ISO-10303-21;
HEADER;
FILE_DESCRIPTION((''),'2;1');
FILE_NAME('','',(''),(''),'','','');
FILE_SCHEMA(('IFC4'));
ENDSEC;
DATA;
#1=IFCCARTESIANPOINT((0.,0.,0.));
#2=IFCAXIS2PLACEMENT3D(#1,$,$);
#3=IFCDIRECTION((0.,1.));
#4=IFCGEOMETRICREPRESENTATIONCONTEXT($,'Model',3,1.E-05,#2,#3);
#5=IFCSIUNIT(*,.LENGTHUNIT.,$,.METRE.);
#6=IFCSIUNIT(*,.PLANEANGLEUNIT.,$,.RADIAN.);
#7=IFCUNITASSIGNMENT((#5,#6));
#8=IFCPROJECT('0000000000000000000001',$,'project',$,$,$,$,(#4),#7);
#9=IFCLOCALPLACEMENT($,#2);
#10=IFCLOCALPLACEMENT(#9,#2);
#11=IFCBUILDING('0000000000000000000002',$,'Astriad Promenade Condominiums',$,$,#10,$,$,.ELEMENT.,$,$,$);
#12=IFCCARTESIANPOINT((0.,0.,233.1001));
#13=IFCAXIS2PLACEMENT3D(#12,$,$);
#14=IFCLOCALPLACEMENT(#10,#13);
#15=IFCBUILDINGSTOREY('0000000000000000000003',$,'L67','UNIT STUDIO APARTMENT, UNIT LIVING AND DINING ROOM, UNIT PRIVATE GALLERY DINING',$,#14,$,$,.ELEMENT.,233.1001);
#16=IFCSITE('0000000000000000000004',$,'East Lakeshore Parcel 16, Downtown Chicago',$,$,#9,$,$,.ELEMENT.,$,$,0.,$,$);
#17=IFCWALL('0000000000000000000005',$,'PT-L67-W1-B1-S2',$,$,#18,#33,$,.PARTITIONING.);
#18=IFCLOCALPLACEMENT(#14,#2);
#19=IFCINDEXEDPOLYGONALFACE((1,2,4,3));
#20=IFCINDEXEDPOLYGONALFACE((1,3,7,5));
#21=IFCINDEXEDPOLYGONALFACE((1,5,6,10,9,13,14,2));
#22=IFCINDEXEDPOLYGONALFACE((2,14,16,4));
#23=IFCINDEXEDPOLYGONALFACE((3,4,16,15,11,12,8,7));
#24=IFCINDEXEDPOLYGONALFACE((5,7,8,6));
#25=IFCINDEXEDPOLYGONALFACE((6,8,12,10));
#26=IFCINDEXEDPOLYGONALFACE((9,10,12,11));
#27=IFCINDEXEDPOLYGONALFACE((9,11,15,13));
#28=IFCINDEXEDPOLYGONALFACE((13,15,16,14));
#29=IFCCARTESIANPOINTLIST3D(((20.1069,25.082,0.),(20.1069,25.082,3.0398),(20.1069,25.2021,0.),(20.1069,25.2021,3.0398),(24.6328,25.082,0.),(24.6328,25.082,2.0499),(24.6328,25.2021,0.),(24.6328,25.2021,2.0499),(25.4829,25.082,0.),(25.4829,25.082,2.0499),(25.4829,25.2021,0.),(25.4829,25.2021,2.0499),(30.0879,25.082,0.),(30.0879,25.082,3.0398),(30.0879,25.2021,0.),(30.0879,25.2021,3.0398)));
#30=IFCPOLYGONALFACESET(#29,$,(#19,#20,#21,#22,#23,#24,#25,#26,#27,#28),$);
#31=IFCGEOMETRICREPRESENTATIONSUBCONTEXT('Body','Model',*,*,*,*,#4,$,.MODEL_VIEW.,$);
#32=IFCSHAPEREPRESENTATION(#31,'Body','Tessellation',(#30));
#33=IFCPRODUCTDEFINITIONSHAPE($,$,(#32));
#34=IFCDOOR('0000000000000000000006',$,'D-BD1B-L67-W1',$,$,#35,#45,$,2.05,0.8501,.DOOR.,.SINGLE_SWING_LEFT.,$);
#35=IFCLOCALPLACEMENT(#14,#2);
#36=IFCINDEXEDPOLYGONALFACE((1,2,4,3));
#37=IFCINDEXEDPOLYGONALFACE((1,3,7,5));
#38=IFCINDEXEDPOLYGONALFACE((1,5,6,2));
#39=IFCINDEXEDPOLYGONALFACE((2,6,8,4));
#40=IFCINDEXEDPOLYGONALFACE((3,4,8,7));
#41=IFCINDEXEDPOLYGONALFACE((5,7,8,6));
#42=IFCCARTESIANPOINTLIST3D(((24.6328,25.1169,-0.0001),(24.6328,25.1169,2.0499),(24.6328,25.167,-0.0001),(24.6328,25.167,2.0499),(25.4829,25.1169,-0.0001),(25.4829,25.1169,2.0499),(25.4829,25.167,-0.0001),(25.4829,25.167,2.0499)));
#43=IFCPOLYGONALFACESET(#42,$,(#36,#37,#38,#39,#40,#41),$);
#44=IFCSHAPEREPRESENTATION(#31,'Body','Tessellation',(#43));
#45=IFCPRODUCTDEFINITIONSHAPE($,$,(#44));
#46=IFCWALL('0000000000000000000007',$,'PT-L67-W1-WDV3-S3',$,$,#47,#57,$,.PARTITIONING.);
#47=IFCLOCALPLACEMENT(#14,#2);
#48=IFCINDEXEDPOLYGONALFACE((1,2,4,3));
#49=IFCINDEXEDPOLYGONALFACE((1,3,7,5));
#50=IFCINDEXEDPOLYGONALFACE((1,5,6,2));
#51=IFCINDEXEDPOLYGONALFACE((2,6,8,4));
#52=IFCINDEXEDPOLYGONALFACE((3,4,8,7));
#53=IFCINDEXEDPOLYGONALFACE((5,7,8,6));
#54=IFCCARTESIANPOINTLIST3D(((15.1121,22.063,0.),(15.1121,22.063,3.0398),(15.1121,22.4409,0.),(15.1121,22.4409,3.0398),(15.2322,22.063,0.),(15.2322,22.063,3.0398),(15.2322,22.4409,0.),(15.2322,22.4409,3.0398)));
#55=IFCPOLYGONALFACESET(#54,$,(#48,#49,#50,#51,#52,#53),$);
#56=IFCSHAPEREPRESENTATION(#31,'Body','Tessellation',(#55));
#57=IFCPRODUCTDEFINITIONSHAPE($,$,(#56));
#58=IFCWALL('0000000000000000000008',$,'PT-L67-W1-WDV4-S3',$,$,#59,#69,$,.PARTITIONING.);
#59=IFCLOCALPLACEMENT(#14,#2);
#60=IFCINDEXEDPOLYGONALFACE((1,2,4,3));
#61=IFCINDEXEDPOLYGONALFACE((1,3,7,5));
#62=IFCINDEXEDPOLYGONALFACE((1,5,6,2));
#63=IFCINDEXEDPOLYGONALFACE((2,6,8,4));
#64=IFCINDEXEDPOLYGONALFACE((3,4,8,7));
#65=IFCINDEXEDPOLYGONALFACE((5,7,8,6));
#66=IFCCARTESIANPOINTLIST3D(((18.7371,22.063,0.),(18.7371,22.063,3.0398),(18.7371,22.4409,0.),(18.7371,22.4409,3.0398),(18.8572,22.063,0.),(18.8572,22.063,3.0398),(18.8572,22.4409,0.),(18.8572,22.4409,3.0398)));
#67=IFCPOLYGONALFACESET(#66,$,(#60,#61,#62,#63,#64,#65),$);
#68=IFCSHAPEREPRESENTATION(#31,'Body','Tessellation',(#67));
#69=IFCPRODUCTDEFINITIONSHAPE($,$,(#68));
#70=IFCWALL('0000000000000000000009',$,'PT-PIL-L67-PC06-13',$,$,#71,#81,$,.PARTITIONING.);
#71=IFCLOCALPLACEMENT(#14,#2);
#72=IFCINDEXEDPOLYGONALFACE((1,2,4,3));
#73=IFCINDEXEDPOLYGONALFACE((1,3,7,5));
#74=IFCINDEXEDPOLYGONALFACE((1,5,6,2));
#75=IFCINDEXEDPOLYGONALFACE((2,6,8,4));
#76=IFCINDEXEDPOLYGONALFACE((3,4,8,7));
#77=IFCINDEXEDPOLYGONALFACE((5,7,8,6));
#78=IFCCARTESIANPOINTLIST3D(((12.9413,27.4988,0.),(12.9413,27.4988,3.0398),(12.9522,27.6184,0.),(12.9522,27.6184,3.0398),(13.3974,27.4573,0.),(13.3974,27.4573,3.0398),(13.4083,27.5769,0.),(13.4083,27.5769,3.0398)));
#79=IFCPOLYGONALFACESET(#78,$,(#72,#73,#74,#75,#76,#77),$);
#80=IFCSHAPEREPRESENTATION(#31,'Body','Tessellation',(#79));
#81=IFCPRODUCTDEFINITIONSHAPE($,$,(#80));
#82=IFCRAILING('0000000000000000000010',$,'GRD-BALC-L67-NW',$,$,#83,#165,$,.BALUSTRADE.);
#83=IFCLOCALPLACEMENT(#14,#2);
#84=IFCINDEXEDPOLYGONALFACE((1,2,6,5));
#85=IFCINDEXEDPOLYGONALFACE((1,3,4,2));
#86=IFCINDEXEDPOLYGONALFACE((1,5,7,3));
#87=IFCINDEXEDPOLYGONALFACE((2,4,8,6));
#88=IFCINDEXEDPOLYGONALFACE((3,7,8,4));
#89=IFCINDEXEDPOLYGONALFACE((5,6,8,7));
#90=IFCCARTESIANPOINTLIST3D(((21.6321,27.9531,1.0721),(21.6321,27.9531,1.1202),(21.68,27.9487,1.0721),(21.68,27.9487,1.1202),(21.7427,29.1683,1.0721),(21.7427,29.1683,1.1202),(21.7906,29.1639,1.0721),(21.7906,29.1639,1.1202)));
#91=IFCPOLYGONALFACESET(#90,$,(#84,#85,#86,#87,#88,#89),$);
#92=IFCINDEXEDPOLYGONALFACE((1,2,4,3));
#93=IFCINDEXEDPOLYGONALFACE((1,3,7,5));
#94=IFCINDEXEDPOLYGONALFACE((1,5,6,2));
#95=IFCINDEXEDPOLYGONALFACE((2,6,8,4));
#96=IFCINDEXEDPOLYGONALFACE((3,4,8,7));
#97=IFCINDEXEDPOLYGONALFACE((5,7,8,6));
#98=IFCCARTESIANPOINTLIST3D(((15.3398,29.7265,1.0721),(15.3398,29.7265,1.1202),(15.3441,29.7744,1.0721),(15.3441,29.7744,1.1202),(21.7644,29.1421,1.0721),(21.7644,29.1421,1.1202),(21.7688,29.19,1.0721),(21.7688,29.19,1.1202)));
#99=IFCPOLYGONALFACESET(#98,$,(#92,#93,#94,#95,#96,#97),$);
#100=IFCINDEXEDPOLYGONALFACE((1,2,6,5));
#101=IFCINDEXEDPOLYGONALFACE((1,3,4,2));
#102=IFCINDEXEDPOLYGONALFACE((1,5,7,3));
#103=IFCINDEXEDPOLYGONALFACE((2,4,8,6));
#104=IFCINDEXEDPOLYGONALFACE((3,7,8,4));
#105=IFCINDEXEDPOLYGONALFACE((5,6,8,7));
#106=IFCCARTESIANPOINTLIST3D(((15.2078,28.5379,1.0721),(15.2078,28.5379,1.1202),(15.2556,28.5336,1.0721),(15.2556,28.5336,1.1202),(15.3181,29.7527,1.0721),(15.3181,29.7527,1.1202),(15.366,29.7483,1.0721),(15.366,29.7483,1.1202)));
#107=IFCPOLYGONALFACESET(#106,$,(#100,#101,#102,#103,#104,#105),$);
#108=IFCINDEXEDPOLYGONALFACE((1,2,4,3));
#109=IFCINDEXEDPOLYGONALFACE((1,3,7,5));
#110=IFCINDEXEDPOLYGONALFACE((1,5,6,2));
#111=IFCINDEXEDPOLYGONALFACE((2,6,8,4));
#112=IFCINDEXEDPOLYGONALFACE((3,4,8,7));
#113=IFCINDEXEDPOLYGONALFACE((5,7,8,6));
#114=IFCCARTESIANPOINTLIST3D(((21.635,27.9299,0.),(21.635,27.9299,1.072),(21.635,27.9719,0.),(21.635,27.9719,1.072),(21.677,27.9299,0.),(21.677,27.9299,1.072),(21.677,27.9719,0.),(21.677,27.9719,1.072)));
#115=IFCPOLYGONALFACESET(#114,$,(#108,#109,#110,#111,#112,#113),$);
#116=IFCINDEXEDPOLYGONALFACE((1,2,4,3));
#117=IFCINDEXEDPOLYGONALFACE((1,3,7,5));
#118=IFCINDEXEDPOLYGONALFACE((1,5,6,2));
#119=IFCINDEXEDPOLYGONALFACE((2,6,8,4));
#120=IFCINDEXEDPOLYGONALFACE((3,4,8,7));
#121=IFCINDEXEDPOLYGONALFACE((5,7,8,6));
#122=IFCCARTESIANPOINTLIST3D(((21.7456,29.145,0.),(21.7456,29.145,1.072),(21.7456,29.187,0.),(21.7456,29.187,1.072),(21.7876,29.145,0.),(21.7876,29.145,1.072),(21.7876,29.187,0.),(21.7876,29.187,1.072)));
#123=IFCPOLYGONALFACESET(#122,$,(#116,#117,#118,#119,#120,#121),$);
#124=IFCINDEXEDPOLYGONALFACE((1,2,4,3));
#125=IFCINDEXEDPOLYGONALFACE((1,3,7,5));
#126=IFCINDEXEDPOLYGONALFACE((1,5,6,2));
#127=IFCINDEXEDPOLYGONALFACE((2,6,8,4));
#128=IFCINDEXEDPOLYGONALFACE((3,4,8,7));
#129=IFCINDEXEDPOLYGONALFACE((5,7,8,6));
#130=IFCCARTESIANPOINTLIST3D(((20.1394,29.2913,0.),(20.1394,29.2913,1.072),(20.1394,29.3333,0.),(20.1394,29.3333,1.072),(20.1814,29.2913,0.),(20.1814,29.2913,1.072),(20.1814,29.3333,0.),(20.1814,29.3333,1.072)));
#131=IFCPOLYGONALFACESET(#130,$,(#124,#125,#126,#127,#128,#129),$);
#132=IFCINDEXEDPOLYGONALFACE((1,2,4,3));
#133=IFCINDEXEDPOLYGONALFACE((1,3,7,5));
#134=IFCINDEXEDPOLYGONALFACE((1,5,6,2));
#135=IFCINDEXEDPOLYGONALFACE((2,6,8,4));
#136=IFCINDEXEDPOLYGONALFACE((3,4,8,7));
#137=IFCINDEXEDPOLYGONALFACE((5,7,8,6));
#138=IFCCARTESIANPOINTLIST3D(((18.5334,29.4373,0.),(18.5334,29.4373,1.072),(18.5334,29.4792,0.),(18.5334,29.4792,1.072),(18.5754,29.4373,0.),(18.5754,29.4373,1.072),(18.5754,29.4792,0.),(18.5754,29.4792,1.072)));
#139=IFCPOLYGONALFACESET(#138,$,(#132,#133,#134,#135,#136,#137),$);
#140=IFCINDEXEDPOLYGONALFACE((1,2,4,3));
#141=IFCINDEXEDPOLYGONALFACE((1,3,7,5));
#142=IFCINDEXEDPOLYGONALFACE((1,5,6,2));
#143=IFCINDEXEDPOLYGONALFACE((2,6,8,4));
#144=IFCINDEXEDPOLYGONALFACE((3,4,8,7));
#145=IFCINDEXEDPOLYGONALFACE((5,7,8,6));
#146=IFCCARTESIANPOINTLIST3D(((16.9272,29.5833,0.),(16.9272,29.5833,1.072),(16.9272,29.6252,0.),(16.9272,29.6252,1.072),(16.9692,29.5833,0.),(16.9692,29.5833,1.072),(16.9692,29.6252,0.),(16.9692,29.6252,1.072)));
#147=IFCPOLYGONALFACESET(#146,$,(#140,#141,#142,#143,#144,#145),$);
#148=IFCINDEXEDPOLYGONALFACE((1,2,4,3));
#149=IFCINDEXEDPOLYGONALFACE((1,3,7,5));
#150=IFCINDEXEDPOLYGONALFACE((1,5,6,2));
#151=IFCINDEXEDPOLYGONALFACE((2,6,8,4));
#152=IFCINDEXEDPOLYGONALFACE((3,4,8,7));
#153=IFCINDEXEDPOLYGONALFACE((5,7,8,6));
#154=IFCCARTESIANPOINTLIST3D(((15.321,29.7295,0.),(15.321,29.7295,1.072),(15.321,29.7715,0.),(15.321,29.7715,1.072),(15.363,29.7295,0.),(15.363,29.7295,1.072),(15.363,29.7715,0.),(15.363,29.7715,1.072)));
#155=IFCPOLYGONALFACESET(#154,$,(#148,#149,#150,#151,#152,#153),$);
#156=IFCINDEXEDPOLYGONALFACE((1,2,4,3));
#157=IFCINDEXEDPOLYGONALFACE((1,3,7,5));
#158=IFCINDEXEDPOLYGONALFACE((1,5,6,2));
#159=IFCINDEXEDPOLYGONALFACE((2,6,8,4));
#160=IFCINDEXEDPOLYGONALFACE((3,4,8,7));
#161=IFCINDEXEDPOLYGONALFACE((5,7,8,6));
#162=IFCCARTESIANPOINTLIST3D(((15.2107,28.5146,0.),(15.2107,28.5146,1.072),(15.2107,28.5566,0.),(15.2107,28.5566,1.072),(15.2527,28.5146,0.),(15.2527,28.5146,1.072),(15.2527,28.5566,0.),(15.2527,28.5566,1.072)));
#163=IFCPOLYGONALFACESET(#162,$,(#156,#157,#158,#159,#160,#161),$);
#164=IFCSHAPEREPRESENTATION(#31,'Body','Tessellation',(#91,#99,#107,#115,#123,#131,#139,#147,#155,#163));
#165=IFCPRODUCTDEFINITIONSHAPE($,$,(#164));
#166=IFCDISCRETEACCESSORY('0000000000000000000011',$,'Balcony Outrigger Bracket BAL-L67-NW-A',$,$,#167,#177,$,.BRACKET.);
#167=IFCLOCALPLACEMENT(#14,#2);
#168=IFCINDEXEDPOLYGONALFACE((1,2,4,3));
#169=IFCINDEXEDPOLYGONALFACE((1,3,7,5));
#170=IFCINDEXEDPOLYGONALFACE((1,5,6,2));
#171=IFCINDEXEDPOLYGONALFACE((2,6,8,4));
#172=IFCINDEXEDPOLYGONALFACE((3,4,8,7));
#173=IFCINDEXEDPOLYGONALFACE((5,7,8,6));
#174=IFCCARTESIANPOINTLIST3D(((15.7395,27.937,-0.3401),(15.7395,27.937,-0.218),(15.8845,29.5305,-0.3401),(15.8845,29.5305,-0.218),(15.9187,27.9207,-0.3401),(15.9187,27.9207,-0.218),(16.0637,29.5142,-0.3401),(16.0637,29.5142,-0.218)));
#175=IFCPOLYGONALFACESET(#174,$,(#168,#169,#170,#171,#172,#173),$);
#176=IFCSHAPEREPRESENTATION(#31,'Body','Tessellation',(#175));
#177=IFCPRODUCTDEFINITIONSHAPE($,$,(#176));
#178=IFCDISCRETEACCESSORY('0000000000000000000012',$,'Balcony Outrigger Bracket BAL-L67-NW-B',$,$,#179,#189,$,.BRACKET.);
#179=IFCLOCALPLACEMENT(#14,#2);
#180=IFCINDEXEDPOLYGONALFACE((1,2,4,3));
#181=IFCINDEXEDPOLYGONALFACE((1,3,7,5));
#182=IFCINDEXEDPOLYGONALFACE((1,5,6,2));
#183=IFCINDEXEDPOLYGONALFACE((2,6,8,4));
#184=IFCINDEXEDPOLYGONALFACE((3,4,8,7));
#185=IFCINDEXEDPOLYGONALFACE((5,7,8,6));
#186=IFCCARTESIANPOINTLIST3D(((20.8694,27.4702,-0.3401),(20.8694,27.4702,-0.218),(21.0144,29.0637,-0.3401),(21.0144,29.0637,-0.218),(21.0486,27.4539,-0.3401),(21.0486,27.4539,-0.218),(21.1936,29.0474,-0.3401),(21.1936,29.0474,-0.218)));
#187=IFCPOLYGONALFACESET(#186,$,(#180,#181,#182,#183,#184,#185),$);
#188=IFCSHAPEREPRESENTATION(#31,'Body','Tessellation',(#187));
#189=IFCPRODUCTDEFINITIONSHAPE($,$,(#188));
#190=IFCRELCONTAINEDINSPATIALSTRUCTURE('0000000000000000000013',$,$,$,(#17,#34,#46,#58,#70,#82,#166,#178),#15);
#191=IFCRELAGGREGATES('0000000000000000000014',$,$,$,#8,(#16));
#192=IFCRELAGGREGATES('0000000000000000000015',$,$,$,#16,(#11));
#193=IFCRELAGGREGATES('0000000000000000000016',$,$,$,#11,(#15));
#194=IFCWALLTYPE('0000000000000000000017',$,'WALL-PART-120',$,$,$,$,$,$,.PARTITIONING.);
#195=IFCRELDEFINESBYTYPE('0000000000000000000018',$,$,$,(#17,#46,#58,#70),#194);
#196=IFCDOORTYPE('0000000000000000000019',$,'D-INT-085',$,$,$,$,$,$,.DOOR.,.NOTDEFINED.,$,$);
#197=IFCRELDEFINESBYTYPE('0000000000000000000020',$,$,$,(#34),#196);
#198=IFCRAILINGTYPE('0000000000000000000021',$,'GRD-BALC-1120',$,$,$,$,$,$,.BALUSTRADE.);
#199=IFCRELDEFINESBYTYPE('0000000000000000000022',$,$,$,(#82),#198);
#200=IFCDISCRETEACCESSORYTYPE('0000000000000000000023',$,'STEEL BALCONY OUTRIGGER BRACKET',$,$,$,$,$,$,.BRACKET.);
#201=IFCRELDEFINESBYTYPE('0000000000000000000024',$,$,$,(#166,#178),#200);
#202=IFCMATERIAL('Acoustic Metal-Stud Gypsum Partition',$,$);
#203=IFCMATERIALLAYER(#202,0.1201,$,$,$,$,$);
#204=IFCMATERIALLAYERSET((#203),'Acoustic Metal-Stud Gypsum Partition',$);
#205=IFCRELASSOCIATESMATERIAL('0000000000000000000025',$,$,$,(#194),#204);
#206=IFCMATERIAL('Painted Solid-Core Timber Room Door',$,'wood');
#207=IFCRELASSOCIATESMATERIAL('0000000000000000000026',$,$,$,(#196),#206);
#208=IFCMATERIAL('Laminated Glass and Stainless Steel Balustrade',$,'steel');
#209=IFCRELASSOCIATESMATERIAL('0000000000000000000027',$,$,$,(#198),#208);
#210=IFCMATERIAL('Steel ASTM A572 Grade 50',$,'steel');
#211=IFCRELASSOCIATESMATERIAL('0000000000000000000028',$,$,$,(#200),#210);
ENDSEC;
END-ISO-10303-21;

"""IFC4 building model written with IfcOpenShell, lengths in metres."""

from ifc_helpers import new_model, si_unit, direction, frame, frame_2d, origin, origin_2d, place, context, subcontext, project, spatial, rectangle, extrude, source, transform, mapped, material, layer, layer_set, type_object, type_shapes, element, fill, save


model = new_model("IFC4")

# Units and contexts
model_context = context("Model", 3, precision=1e-05, world=origin(), true_north=direction((0.0, 1.0)))
body_context = subcontext(model_context, "Body", "Model", "MODEL_VIEW")
ifc_project = project(units=[si_unit("LENGTHUNIT", "METRE"), si_unit("PLANEANGLEUNIT", "RADIAN")], contexts=[model_context])

# Site, building, storey
site_placement = place(None, origin())
site = spatial("IfcSite", under=ifc_project, at=site_placement, Name="East Lakeshore Parcel 16, Downtown Chicago", CompositionType="ELEMENT", RefElevation=0.0)
building_placement = place(site_placement, origin())
building = spatial("IfcBuilding", under=site, at=building_placement, Name="Astriad Promenade Condominiums", CompositionType="ELEMENT")
storey_placement = place(building_placement, frame((0.0, 0.0, 233.1001)))
storey = spatial("IfcBuildingStorey", under=building, at=storey_placement, Name="L67", Description="UNIT STUDIO APARTMENT, UNIT LIVING AND DINING ROOM, UNIT PRIVATE GALLERY DINING", CompositionType="ELEMENT", Elevation=233.1001)

# Shared definitions
ifc_material_1 = material(Name="Acoustic Metal-Stud Gypsum Partition")
ifc_layer_1 = layer(ifc_material_1, 0.1201)
ifc_layer_set_1 = layer_set([ifc_layer_1], Name="Acoustic Metal-Stud Gypsum Partition")
wall_type_1 = type_object("IfcWallType", Name="WALL-PART-120", PredefinedType="PARTITIONING", material=ifc_layer_set_1)

# Wall, opening, door
wall_1_placement = place(storey_placement, frame((20.1069, 25.1421, 0.0), z_axis=(0.0, 0.0, 1.0), x_axis=(1.0, 0.0, 0.0)))
wall_1 = element("IfcWall", 1, at=wall_1_placement, inside=storey, type_object=wall_type_1, Name="PT-L67-W1-B1-S2", PredefinedType="PARTITIONING", context=body_context, shape_type="SweptSolid", body=[
    extrude(rectangle(XDim=9.981, YDim=0.1201, at=frame_2d((4.9905, 0.0))), origin(), (0.0, 0.0, 1.0), 3.0398),
])
opening_1_placement = place(wall_1_placement, frame((4.5259, 0.0, 0.0)))
opening_1 = element("IfcOpeningElement", 2, at=opening_1_placement, cuts=wall_1, PredefinedType="OPENING", context=body_context, shape_type="SweptSolid", body=[
    extrude(rectangle(XDim=0.8501, YDim=2.05, at=frame_2d((0.425, 1.0249))), frame((0.0, 0.0701, 0.0), z_axis=(0.0, -1.0, 0.0), x_axis=(1.0, 0.0, 0.0)), (0.0, 0.0, 1.0), 0.1401),
])
ifc_material_2 = material(Name="Painted Solid-Core Timber Room Door", Category="wood")
door_type_1 = type_object("IfcDoorType", Name="D-INT-085", OperationType="NOTDEFINED", PredefinedType="DOOR", material=ifc_material_2)
shared_shape_1 = source(origin(), body_context, "Body", "SweptSolid", [
    extrude(rectangle(XDim=0.8501, YDim=2.05, at=frame_2d((0.425, 1.0249))), frame((0.0, 0.0249, 0.0), z_axis=(0.0, -1.0, 0.0), x_axis=(1.0, 0.0, 0.0)), (0.0, 0.0, 1.0), 0.05),
])
type_shapes(door_type_1, [shared_shape_1])
door_1_placement = place(opening_1_placement, origin())
door_1 = element("IfcDoor", 3, at=door_1_placement, inside=storey, type_object=door_type_1, Name="D-BD1B-L67-W1", OperationType="SINGLE_SWING_LEFT", OverallHeight=2.05, OverallWidth=0.8501, PredefinedType="DOOR", context=body_context, shape_type="MappedRepresentation", body=[
    mapped(shared_shape_1, transform((0.0, 0.0, 0.0), scale=1.0)),
])
fill(opening_1, door_1)

# Walls
for number, where, z_axis, x_axis, name in (
    (4, (15.1721, 22.063, 0.0), (0.0, 0.0, 1.0), (0.0, 1.0, 0.0), "PT-L67-W1-WDV3-S3"),
    (5, (18.7971, 22.063, 0.0), (0.0, 0.0, 1.0), (0.0, 1.0, 0.0), "PT-L67-W1-WDV4-S3"),
):
    element("IfcWall", number, at=place(storey_placement, frame(where, z_axis=z_axis, x_axis=x_axis)), inside=storey, type_object=wall_type_1, Name=name, PredefinedType="PARTITIONING", context=body_context, shape_type="SweptSolid", body=[
        extrude(rectangle(XDim=0.3779, YDim=0.1201, at=frame_2d((0.189, 0.0))), origin(), (0.0, 0.0, 1.0), 3.0398),
    ])
wall_2_placement = place(storey_placement, frame((13.4028, 27.5171, 0.0), z_axis=(0.0, 0.0, 1.0), x_axis=(-0.995884, 0.090632, 0.0)))
element("IfcWall", 6, at=wall_2_placement, inside=storey, type_object=wall_type_1, Name="PT-PIL-L67-PC06-13", PredefinedType="PARTITIONING", context=body_context, shape_type="SweptSolid", body=[
    extrude(rectangle(XDim=0.458, YDim=0.1201, at=frame_2d((0.229, 0.0))), origin(), (0.0, 0.0, 1.0), 3.0398),
])

# Railing
ifc_material_3 = material(Name="Laminated Glass and Stainless Steel Balustrade", Category="steel")
railing_type = type_object("IfcRailingType", Name="GRD-BALC-1120", PredefinedType="BALUSTRADE", material=ifc_material_3)
shared_shape_2 = source(origin(), body_context, "Body", "SweptSolid", [
    extrude(rectangle(XDim=0.0481, YDim=0.0481, at=origin_2d()), frame((0.0, 0.0, 1.0962), z_axis=(0.090644, 0.995883, 0.0), x_axis=(-0.995883, 0.090644, 0.0)), (0.0, 0.0, 1.0), 1.2202),
    extrude(rectangle(XDim=0.0481, YDim=0.0481, at=origin_2d()), frame((0.1106, 1.2151, 1.0962), z_axis=(-0.995887, 0.090601, 0.0), x_axis=(-0.090601, -0.995887, 0.0)), (0.0, 0.0, 1.0), 6.4512),
    extrude(rectangle(XDim=0.0481, YDim=0.0481, at=origin_2d()), frame((-6.314, 1.7996, 1.0962), z_axis=(-0.090464, -0.9959, 0.0), x_axis=(0.9959, -0.090464, 0.0)), (0.0, 0.0, 1.0), 1.2197),
    extrude(rectangle(XDim=0.042, YDim=0.042, at=origin_2d()), origin(), (0.0, 0.0, 1.0), 1.072),
    extrude(rectangle(XDim=0.042, YDim=0.042, at=origin_2d()), frame((0.1106, 1.2151, 0.0)), (0.0, 0.0, 1.0), 1.072),
    extrude(rectangle(XDim=0.042, YDim=0.042, at=origin_2d()), frame((-1.4956, 1.3613, 0.0)), (0.0, 0.0, 1.0), 1.072),
    extrude(rectangle(XDim=0.042, YDim=0.042, at=origin_2d()), frame((-3.1016, 1.5073, 0.0)), (0.0, 0.0, 1.0), 1.072),
    extrude(rectangle(XDim=0.042, YDim=0.042, at=origin_2d()), frame((-4.7078, 1.6533, 0.0)), (0.0, 0.0, 1.0), 1.072),
    extrude(rectangle(XDim=0.042, YDim=0.042, at=origin_2d()), frame((-6.314, 1.7996, 0.0)), (0.0, 0.0, 1.0), 1.072),
    extrude(rectangle(XDim=0.042, YDim=0.042, at=origin_2d()), frame((-6.4243, 0.5847, 0.0)), (0.0, 0.0, 1.0), 1.072),
])
type_shapes(railing_type, [shared_shape_2])
railing_placement = place(storey_placement, frame((21.656, 27.9509, 0.0)))
element("IfcRailing", 7, at=railing_placement, inside=storey, type_object=railing_type, Name="GRD-BALC-L67-NW", PredefinedType="BALUSTRADE", context=body_context, shape_type="MappedRepresentation", body=[
    mapped(shared_shape_2, transform((0.0, 0.0, 0.0), scale=1.0)),
])

# Discrete accessories
ifc_material_4 = material(Name="Steel ASTM A572 Grade 50", Category="steel")
discrete_accessory_type = type_object("IfcDiscreteAccessoryType", Name="STEEL BALCONY OUTRIGGER BRACKET", PredefinedType="BRACKET", material=ifc_material_4)
shared_shape_3 = source(origin(), body_context, "Body", "SweptSolid", [
    extrude(rectangle(XDim=1.6001, YDim=0.1799, at=origin_2d()), origin(), (0.0, 0.0, 1.0), 0.1221),
])
type_shapes(discrete_accessory_type, [shared_shape_3])
for number, where, z_axis, x_axis, name in (
    (8, (15.9016, 28.7256, -0.3401), (0.0, 0.0, 1.0), (0.090633, 0.995884, 0.0), "Balcony Outrigger Bracket BAL-L67-NW-A"),
    (9, (21.0315, 28.2588, -0.3401), (0.0, 0.0, 1.0), (0.090633, 0.995884, 0.0), "Balcony Outrigger Bracket BAL-L67-NW-B"),
):
    element("IfcDiscreteAccessory", number, at=place(storey_placement, frame(where, z_axis=z_axis, x_axis=x_axis)), inside=storey, type_object=discrete_accessory_type, Name=name, PredefinedType="BRACKET", context=body_context, shape_type="MappedRepresentation", body=[
        mapped(shared_shape_3, transform((0.0, 0.0, 0.0), scale=1.0)),
    ])

save(model, "model.ifc")
